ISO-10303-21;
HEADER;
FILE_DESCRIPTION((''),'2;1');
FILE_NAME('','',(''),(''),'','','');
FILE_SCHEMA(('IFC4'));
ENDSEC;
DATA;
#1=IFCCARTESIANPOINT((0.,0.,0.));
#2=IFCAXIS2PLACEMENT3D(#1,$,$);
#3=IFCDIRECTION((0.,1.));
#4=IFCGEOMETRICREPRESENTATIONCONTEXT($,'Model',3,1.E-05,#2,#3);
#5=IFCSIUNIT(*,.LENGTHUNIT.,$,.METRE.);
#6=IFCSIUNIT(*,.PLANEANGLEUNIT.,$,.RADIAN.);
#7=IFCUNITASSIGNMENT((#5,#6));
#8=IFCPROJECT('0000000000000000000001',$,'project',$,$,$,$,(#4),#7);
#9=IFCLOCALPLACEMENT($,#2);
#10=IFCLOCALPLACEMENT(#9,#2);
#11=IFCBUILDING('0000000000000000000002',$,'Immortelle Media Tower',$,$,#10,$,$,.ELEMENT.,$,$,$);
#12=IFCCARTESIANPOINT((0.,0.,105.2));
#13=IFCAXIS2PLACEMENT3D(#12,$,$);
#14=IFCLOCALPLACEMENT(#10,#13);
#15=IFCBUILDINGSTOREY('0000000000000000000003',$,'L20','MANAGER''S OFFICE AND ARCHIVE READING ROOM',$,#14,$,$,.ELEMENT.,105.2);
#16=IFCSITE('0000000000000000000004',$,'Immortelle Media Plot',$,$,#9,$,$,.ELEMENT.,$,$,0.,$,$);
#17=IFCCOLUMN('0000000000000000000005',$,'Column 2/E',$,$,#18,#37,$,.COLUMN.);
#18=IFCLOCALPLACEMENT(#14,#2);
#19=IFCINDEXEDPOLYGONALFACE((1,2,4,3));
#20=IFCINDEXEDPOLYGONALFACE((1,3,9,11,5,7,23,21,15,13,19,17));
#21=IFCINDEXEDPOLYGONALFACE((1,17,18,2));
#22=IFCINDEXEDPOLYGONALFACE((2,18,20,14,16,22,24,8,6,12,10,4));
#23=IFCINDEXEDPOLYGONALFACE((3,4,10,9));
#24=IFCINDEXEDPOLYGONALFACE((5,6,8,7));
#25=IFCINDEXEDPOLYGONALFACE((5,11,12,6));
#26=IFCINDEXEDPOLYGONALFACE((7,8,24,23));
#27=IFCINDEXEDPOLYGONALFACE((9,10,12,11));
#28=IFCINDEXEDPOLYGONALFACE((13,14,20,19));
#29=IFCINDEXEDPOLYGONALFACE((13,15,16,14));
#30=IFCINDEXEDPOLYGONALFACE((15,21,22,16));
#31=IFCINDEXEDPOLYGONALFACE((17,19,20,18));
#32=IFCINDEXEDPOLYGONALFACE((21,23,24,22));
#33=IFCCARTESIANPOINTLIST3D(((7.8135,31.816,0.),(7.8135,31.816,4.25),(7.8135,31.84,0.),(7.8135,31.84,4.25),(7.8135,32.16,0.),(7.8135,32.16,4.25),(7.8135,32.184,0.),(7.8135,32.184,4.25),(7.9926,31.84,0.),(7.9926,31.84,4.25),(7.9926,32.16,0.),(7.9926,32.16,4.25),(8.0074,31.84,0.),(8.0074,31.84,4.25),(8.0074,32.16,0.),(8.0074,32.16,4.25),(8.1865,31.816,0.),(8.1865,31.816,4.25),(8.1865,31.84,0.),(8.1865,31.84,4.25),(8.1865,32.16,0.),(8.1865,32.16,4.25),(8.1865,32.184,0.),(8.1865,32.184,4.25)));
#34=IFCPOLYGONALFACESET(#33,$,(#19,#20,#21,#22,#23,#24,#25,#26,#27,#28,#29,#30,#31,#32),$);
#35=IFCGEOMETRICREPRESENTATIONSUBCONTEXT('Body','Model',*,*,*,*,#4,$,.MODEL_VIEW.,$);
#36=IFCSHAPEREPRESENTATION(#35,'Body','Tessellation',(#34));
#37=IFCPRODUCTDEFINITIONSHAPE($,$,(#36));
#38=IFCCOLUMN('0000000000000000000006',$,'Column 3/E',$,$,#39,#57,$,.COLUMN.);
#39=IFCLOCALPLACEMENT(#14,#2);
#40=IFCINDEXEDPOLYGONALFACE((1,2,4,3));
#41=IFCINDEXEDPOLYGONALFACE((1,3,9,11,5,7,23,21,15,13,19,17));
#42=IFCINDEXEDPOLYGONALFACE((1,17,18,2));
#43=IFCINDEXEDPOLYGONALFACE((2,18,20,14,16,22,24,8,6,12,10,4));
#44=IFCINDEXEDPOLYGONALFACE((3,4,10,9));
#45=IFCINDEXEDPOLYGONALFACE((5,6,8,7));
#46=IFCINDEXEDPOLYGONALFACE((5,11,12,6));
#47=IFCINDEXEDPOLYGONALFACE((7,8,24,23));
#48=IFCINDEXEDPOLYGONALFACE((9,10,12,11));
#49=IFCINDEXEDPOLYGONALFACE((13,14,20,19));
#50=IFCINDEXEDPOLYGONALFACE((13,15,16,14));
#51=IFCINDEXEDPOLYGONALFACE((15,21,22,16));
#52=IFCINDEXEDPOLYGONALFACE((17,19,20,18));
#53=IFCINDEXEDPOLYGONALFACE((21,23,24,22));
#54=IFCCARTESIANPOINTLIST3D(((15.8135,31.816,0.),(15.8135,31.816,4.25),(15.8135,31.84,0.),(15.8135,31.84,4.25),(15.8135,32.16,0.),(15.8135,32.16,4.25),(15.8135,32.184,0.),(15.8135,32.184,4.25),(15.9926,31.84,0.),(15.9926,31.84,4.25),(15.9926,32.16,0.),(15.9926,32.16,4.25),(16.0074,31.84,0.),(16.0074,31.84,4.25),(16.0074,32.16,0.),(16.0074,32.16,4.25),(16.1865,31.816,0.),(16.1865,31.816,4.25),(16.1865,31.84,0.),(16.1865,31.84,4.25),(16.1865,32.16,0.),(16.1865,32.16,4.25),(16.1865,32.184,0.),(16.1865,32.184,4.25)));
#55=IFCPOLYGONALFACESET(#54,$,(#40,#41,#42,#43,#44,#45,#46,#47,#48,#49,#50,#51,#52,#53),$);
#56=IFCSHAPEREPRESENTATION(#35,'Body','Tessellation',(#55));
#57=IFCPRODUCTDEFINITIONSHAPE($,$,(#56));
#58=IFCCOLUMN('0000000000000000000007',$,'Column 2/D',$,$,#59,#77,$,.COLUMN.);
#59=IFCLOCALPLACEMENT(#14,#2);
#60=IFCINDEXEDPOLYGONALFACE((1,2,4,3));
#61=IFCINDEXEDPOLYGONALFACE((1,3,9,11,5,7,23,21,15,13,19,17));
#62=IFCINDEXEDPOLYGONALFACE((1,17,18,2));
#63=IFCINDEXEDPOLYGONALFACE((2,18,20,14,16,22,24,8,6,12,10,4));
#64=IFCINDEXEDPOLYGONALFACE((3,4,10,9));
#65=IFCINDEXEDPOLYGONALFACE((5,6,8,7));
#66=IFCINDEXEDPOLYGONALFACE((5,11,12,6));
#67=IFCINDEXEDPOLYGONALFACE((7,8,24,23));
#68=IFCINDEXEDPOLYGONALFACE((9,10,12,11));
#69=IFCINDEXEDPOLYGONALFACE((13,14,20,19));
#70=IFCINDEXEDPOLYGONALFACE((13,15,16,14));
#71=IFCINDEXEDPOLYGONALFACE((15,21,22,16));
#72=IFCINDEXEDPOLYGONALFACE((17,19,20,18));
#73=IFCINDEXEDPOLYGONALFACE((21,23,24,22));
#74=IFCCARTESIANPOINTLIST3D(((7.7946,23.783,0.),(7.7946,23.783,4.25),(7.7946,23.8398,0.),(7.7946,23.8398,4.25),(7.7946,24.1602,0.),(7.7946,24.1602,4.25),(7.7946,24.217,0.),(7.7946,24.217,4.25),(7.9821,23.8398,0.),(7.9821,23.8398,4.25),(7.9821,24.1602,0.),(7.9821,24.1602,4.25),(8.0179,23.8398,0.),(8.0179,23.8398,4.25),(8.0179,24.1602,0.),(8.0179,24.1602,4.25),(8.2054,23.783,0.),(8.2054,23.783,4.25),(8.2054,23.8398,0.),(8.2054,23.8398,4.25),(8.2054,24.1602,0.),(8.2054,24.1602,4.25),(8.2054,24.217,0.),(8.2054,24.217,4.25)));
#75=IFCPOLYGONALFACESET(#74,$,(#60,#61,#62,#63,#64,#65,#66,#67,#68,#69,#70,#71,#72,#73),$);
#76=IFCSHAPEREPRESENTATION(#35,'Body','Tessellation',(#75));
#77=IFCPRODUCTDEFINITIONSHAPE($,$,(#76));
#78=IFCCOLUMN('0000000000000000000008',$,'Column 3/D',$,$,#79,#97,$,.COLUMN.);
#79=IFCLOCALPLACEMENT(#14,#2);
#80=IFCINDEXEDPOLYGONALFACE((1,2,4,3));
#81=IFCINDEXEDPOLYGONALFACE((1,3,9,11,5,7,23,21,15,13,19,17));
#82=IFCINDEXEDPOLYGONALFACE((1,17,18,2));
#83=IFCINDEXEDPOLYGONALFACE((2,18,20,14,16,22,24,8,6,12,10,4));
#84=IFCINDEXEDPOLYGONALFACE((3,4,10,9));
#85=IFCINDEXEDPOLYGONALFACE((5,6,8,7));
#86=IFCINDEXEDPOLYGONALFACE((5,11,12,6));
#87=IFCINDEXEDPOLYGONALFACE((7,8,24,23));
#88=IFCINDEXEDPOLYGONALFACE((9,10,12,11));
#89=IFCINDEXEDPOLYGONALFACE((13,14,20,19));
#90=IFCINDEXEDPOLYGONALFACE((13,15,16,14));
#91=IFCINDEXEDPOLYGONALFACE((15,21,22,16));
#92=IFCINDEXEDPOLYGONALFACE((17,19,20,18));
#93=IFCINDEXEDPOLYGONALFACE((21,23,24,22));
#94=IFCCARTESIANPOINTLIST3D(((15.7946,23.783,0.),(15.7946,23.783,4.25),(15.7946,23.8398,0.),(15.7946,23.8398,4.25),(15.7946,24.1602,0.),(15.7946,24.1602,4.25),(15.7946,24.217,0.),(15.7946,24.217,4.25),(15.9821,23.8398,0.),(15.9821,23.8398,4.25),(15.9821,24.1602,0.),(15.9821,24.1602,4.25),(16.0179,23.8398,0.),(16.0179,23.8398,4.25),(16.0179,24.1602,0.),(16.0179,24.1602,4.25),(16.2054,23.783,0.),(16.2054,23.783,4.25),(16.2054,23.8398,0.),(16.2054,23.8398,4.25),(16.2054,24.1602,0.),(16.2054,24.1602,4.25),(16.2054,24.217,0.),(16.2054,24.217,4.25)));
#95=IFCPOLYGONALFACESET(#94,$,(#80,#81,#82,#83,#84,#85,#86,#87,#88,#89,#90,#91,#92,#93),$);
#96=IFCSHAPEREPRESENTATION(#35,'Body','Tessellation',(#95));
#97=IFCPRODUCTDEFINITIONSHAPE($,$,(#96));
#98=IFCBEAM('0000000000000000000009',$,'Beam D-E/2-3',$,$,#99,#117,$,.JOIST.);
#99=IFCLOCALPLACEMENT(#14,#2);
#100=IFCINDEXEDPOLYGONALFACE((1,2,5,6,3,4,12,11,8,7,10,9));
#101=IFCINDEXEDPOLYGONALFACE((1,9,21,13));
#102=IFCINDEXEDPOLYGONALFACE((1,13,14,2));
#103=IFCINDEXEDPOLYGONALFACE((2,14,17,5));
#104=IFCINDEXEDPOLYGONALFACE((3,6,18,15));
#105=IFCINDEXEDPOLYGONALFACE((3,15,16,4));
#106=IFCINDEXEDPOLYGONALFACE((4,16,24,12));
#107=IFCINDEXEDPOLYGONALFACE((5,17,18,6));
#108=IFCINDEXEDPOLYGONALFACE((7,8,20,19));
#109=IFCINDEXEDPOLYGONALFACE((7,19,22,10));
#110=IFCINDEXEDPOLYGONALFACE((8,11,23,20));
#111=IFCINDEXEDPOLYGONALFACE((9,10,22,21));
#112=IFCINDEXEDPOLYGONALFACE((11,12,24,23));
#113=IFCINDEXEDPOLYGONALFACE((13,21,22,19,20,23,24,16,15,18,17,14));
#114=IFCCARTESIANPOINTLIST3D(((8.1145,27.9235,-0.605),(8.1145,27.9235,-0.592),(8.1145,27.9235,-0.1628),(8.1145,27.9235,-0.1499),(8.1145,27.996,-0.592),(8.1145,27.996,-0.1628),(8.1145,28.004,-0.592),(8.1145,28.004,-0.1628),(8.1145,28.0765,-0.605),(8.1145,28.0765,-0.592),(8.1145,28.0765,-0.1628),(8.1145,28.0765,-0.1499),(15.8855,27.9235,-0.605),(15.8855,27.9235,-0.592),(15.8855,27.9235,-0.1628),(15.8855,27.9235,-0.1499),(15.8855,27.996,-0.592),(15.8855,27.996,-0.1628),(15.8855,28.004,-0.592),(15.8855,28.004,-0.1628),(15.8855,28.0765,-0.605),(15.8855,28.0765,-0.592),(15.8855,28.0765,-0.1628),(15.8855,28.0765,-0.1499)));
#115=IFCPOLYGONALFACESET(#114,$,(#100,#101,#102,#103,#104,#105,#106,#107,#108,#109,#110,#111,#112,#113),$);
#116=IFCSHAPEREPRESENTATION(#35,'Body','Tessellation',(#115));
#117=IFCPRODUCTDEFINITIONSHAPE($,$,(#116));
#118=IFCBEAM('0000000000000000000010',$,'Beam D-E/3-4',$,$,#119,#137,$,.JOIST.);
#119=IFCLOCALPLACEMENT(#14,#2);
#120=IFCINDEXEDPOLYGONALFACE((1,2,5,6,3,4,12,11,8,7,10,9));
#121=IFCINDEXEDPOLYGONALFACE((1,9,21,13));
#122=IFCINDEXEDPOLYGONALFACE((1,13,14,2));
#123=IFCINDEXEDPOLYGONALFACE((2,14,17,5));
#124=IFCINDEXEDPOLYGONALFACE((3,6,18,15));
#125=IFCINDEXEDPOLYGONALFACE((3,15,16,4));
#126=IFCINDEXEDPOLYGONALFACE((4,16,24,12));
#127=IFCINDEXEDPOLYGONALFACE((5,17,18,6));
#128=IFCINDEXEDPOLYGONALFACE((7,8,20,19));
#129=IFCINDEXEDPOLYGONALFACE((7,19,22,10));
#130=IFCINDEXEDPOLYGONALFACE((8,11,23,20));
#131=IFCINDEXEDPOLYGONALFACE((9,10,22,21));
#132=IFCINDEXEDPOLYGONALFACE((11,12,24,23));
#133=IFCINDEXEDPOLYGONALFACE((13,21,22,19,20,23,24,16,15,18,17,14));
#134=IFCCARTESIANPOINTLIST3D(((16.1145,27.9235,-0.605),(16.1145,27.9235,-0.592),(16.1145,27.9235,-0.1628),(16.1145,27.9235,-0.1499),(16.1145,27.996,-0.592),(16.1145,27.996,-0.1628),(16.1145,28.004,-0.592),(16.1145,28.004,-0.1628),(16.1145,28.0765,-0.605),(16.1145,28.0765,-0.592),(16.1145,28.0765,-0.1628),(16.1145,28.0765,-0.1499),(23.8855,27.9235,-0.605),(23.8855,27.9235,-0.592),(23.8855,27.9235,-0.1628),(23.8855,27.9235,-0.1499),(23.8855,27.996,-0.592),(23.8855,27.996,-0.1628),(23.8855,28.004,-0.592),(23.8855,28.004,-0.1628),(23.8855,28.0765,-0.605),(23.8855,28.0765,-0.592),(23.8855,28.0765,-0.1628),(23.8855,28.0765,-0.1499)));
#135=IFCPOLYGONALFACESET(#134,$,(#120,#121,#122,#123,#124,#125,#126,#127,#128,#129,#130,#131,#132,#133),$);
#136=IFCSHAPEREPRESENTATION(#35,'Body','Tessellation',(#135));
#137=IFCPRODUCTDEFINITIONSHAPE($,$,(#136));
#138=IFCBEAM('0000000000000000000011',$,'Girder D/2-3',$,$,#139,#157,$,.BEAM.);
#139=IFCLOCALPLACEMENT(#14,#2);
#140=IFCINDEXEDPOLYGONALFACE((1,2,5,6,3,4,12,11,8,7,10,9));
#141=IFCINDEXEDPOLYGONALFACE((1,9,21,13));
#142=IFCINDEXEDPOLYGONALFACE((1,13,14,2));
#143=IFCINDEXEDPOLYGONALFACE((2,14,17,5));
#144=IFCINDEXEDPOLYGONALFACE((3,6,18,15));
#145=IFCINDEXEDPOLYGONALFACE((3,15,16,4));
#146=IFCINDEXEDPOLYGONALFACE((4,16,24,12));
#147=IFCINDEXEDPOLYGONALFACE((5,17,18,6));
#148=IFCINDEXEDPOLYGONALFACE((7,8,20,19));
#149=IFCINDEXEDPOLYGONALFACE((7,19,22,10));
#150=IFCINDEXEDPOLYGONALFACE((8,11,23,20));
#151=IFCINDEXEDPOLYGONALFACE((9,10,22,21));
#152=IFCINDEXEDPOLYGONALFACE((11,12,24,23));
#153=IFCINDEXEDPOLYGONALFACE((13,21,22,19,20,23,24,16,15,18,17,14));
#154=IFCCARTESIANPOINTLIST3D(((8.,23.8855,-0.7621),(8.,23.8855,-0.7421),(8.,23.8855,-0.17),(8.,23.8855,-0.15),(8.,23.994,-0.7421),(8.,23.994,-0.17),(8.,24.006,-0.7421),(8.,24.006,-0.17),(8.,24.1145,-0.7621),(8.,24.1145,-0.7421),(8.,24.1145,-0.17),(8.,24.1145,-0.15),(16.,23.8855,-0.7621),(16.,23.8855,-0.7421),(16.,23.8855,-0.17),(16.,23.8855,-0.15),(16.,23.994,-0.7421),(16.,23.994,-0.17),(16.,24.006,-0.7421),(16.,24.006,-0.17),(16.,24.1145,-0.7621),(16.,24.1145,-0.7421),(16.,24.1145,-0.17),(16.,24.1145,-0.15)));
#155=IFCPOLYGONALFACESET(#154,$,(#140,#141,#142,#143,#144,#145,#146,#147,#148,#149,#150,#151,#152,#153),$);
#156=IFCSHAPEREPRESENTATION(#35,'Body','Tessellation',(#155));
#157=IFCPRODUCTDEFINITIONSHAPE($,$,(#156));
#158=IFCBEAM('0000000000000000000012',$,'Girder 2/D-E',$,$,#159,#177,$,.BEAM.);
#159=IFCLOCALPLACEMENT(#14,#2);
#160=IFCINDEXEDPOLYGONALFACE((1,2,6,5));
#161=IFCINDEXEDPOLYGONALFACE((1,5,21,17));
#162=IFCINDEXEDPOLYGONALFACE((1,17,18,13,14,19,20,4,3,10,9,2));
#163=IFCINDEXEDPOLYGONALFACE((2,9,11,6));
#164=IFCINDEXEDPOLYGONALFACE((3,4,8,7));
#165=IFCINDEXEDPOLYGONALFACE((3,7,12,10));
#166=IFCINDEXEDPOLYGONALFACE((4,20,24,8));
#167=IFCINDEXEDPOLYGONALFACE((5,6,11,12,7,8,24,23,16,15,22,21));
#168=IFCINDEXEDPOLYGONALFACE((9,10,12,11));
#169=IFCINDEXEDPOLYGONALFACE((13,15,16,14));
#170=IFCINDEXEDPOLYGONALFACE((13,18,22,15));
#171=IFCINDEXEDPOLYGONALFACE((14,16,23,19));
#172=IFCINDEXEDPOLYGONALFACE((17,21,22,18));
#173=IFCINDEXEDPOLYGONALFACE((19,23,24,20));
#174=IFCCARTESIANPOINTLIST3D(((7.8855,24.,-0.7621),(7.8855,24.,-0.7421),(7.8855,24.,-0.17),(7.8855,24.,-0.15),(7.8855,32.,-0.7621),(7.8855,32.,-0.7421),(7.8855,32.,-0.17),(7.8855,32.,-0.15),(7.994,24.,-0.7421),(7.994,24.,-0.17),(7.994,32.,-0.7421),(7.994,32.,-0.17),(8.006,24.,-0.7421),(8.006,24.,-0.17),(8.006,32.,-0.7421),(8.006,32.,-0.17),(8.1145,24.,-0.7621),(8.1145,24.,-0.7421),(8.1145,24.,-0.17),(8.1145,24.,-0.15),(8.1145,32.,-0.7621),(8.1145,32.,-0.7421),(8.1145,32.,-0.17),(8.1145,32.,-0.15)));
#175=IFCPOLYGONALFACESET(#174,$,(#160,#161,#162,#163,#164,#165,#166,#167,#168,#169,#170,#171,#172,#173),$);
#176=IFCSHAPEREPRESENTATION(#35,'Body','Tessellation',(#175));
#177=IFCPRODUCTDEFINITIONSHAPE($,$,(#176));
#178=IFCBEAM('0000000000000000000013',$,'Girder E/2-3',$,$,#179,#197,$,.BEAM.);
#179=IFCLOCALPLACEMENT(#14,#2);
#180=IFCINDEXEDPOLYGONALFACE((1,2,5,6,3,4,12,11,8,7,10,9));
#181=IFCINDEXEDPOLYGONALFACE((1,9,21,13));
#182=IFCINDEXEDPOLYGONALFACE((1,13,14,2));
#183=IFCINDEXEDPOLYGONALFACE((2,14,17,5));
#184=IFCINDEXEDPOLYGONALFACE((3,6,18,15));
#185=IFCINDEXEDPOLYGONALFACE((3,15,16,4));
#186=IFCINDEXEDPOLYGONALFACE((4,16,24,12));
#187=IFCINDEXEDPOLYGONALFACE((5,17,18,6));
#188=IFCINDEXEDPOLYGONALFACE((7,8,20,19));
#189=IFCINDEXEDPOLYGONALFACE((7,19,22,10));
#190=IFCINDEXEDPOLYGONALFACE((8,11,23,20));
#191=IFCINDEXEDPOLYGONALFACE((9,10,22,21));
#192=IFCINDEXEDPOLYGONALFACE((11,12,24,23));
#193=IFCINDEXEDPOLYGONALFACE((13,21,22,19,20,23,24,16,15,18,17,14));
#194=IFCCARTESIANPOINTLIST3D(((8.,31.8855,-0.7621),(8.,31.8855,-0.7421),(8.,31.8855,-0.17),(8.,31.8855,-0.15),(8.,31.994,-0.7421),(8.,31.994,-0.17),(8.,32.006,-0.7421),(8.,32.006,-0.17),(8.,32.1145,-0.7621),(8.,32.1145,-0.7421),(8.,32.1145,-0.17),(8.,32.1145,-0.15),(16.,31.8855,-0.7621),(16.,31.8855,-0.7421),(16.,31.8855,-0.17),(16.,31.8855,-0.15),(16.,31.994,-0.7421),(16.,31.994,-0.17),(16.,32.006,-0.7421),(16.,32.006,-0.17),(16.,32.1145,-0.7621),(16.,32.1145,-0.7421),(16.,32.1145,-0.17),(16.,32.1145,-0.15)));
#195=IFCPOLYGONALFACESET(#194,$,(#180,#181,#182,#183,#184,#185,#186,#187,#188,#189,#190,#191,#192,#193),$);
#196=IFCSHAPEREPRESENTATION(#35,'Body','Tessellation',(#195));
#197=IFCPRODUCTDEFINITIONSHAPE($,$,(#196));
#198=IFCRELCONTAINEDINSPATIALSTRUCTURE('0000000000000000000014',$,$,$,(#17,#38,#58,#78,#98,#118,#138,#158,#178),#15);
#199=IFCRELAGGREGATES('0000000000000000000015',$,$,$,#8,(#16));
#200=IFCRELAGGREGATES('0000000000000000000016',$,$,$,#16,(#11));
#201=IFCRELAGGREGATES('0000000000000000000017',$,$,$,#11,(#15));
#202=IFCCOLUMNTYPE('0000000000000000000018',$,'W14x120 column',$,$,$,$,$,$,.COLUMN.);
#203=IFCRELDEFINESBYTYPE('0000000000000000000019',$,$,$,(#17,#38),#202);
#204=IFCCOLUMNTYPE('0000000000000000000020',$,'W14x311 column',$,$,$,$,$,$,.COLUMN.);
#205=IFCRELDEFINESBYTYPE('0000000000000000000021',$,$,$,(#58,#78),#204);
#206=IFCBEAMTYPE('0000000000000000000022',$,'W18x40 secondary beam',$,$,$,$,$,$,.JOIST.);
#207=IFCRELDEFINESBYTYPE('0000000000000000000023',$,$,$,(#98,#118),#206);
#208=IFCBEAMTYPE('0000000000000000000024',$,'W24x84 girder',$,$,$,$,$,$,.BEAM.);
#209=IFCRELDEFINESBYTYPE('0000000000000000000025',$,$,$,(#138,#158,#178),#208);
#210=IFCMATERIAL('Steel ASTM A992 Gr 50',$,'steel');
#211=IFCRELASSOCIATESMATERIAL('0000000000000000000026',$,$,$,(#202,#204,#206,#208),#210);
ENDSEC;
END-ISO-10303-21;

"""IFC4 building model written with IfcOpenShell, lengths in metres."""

from ifc_helpers import new_model, si_unit, direction, frame, origin, origin_2d, place, context, subcontext, project, spatial, i_section, extrude, material, material_profile, profile_set, type_object, element, save


model = new_model("IFC4")

# Units and contexts
model_context = context("Model", 3, precision=1e-05, world=origin(), true_north=direction((0.0, 1.0)))
body_context = subcontext(model_context, "Body", "Model", "MODEL_VIEW")
ifc_project = project(units=[si_unit("LENGTHUNIT", "METRE"), si_unit("PLANEANGLEUNIT", "RADIAN")], contexts=[model_context])

# Site, building, storey
site_placement = place(None, origin())
site = spatial("IfcSite", under=ifc_project, at=site_placement, Name="Immortelle Media Plot", CompositionType="ELEMENT", RefElevation=0.0)
building_placement = place(site_placement, origin())
building = spatial("IfcBuilding", under=site, at=building_placement, Name="Immortelle Media Tower", CompositionType="ELEMENT")
storey_placement = place(building_placement, frame((0.0, 0.0, 105.2)))
storey = spatial("IfcBuildingStorey", under=building, at=storey_placement, Name="L20", Description="MANAGER'S OFFICE AND ARCHIVE READING ROOM", CompositionType="ELEMENT", Elevation=105.2)

# Columns
ifc_material_1 = material(Name="Steel ASTM A992 Gr 50", Category="steel")
ifc_material_profile_1 = material_profile(ifc_material_1, i_section(OverallWidth=0.373, OverallDepth=0.3679, WebThickness=0.0149, FlangeThickness=0.0239, at=origin_2d()), Name="W14x120")
ifc_profile_set_1 = profile_set([ifc_material_profile_1], Name="Steel ASTM A992 Gr 50")
column_type_1 = type_object("IfcColumnType", Name="W14x120 column", PredefinedType="COLUMN", material=ifc_profile_set_1)
for number, where, z_axis, x_axis, name in (
    (1, (8.0, 32.0, 0.0), (0.0, 0.0, 1.0), (1.0, 0.0, 0.0), "Column 2/E"),
    (2, (16.0, 32.0, 0.0), (0.0, 0.0, 1.0), (1.0, 0.0, 0.0), "Column 3/E"),
):
    element("IfcColumn", number, at=place(storey_placement, frame(where, z_axis=z_axis, x_axis=x_axis)), inside=storey, type_object=column_type_1, Name=name, PredefinedType="COLUMN", context=body_context, shape_type="SweptSolid", body=[
        extrude(i_section(OverallWidth=0.373, OverallDepth=0.3679, WebThickness=0.0149, FlangeThickness=0.0239, at=origin_2d()), origin(), (0.0, 0.0, 1.0), 4.25),
    ])
ifc_material_profile_2 = material_profile(ifc_material_1, i_section(OverallWidth=0.4109, OverallDepth=0.4341, WebThickness=0.0359, FlangeThickness=0.0569, at=origin_2d()), Name="W14x311")
ifc_profile_set_2 = profile_set([ifc_material_profile_2], Name="Steel ASTM A992 Gr 50")
column_type_2 = type_object("IfcColumnType", Name="W14x311 column", PredefinedType="COLUMN", material=ifc_profile_set_2)
for number, where, z_axis, x_axis, name in (
    (3, (8.0, 24.0, 0.0), (0.0, 0.0, 1.0), (1.0, 0.0, 0.0), "Column 2/D"),
    (4, (16.0, 24.0, 0.0), (0.0, 0.0, 1.0), (1.0, 0.0, 0.0), "Column 3/D"),
):
    element("IfcColumn", number, at=place(storey_placement, frame(where, z_axis=z_axis, x_axis=x_axis)), inside=storey, type_object=column_type_2, Name=name, PredefinedType="COLUMN", context=body_context, shape_type="SweptSolid", body=[
        extrude(i_section(OverallWidth=0.4109, OverallDepth=0.4341, WebThickness=0.0359, FlangeThickness=0.0569, at=origin_2d()), origin(), (0.0, 0.0, 1.0), 4.25),
    ])

# Beams
ifc_material_profile_3 = material_profile(ifc_material_1, i_section(OverallWidth=0.1531, OverallDepth=0.4551, WebThickness=0.0081, FlangeThickness=0.0129, at=origin_2d()), Name="W18x40")
ifc_profile_set_3 = profile_set([ifc_material_profile_3], Name="Steel ASTM A992 Gr 50")
beam_type_1 = type_object("IfcBeamType", Name="W18x40 secondary beam", PredefinedType="JOIST", material=ifc_profile_set_3)
for number, where, z_axis, x_axis, name in (
    (5, (8.1145, 28.0, -0.3774), (1.0, 0.0, 0.0), (0.0, 1.0, 0.0), "Beam D-E/2-3"),
    (6, (16.1145, 28.0, -0.3774), (1.0, 0.0, 0.0), (0.0, 1.0, 0.0), "Beam D-E/3-4"),
):
    element("IfcBeam", number, at=place(storey_placement, frame(where, z_axis=z_axis, x_axis=x_axis)), inside=storey, type_object=beam_type_1, Name=name, PredefinedType="JOIST", context=body_context, shape_type="SweptSolid", body=[
        extrude(i_section(OverallWidth=0.1531, OverallDepth=0.4551, WebThickness=0.0081, FlangeThickness=0.0129, at=origin_2d()), origin(), (0.0, 0.0, 1.0), 7.771),
    ])
ifc_material_profile_4 = material_profile(ifc_material_1, i_section(OverallWidth=0.229, OverallDepth=0.6121, WebThickness=0.012, FlangeThickness=0.02, at=origin_2d()), Name="W24x84")
ifc_profile_set_4 = profile_set([ifc_material_profile_4], Name="Steel ASTM A992 Gr 50")
beam_type_2 = type_object("IfcBeamType", Name="W24x84 girder", PredefinedType="BEAM", material=ifc_profile_set_4)
for number, where, z_axis, x_axis, name in (
    (7, (8.0, 24.0, -0.4561), (1.0, 0.0, 0.0), (0.0, 1.0, 0.0), "Girder D/2-3"),
    (8, (8.0, 24.0, -0.4561), (0.0, 1.0, 0.0), (-1.0, 0.0, 0.0), "Girder 2/D-E"),
    (9, (8.0, 32.0, -0.4561), (1.0, 0.0, 0.0), (0.0, 1.0, 0.0), "Girder E/2-3"),
):
    element("IfcBeam", number, at=place(storey_placement, frame(where, z_axis=z_axis, x_axis=x_axis)), inside=storey, type_object=beam_type_2, Name=name, PredefinedType="BEAM", context=body_context, shape_type="SweptSolid", body=[
        extrude(i_section(OverallWidth=0.229, OverallDepth=0.6121, WebThickness=0.012, FlangeThickness=0.02, at=origin_2d()), origin(), (0.0, 0.0, 1.0), 8.0),
    ])

save(model, "model.ifc")
